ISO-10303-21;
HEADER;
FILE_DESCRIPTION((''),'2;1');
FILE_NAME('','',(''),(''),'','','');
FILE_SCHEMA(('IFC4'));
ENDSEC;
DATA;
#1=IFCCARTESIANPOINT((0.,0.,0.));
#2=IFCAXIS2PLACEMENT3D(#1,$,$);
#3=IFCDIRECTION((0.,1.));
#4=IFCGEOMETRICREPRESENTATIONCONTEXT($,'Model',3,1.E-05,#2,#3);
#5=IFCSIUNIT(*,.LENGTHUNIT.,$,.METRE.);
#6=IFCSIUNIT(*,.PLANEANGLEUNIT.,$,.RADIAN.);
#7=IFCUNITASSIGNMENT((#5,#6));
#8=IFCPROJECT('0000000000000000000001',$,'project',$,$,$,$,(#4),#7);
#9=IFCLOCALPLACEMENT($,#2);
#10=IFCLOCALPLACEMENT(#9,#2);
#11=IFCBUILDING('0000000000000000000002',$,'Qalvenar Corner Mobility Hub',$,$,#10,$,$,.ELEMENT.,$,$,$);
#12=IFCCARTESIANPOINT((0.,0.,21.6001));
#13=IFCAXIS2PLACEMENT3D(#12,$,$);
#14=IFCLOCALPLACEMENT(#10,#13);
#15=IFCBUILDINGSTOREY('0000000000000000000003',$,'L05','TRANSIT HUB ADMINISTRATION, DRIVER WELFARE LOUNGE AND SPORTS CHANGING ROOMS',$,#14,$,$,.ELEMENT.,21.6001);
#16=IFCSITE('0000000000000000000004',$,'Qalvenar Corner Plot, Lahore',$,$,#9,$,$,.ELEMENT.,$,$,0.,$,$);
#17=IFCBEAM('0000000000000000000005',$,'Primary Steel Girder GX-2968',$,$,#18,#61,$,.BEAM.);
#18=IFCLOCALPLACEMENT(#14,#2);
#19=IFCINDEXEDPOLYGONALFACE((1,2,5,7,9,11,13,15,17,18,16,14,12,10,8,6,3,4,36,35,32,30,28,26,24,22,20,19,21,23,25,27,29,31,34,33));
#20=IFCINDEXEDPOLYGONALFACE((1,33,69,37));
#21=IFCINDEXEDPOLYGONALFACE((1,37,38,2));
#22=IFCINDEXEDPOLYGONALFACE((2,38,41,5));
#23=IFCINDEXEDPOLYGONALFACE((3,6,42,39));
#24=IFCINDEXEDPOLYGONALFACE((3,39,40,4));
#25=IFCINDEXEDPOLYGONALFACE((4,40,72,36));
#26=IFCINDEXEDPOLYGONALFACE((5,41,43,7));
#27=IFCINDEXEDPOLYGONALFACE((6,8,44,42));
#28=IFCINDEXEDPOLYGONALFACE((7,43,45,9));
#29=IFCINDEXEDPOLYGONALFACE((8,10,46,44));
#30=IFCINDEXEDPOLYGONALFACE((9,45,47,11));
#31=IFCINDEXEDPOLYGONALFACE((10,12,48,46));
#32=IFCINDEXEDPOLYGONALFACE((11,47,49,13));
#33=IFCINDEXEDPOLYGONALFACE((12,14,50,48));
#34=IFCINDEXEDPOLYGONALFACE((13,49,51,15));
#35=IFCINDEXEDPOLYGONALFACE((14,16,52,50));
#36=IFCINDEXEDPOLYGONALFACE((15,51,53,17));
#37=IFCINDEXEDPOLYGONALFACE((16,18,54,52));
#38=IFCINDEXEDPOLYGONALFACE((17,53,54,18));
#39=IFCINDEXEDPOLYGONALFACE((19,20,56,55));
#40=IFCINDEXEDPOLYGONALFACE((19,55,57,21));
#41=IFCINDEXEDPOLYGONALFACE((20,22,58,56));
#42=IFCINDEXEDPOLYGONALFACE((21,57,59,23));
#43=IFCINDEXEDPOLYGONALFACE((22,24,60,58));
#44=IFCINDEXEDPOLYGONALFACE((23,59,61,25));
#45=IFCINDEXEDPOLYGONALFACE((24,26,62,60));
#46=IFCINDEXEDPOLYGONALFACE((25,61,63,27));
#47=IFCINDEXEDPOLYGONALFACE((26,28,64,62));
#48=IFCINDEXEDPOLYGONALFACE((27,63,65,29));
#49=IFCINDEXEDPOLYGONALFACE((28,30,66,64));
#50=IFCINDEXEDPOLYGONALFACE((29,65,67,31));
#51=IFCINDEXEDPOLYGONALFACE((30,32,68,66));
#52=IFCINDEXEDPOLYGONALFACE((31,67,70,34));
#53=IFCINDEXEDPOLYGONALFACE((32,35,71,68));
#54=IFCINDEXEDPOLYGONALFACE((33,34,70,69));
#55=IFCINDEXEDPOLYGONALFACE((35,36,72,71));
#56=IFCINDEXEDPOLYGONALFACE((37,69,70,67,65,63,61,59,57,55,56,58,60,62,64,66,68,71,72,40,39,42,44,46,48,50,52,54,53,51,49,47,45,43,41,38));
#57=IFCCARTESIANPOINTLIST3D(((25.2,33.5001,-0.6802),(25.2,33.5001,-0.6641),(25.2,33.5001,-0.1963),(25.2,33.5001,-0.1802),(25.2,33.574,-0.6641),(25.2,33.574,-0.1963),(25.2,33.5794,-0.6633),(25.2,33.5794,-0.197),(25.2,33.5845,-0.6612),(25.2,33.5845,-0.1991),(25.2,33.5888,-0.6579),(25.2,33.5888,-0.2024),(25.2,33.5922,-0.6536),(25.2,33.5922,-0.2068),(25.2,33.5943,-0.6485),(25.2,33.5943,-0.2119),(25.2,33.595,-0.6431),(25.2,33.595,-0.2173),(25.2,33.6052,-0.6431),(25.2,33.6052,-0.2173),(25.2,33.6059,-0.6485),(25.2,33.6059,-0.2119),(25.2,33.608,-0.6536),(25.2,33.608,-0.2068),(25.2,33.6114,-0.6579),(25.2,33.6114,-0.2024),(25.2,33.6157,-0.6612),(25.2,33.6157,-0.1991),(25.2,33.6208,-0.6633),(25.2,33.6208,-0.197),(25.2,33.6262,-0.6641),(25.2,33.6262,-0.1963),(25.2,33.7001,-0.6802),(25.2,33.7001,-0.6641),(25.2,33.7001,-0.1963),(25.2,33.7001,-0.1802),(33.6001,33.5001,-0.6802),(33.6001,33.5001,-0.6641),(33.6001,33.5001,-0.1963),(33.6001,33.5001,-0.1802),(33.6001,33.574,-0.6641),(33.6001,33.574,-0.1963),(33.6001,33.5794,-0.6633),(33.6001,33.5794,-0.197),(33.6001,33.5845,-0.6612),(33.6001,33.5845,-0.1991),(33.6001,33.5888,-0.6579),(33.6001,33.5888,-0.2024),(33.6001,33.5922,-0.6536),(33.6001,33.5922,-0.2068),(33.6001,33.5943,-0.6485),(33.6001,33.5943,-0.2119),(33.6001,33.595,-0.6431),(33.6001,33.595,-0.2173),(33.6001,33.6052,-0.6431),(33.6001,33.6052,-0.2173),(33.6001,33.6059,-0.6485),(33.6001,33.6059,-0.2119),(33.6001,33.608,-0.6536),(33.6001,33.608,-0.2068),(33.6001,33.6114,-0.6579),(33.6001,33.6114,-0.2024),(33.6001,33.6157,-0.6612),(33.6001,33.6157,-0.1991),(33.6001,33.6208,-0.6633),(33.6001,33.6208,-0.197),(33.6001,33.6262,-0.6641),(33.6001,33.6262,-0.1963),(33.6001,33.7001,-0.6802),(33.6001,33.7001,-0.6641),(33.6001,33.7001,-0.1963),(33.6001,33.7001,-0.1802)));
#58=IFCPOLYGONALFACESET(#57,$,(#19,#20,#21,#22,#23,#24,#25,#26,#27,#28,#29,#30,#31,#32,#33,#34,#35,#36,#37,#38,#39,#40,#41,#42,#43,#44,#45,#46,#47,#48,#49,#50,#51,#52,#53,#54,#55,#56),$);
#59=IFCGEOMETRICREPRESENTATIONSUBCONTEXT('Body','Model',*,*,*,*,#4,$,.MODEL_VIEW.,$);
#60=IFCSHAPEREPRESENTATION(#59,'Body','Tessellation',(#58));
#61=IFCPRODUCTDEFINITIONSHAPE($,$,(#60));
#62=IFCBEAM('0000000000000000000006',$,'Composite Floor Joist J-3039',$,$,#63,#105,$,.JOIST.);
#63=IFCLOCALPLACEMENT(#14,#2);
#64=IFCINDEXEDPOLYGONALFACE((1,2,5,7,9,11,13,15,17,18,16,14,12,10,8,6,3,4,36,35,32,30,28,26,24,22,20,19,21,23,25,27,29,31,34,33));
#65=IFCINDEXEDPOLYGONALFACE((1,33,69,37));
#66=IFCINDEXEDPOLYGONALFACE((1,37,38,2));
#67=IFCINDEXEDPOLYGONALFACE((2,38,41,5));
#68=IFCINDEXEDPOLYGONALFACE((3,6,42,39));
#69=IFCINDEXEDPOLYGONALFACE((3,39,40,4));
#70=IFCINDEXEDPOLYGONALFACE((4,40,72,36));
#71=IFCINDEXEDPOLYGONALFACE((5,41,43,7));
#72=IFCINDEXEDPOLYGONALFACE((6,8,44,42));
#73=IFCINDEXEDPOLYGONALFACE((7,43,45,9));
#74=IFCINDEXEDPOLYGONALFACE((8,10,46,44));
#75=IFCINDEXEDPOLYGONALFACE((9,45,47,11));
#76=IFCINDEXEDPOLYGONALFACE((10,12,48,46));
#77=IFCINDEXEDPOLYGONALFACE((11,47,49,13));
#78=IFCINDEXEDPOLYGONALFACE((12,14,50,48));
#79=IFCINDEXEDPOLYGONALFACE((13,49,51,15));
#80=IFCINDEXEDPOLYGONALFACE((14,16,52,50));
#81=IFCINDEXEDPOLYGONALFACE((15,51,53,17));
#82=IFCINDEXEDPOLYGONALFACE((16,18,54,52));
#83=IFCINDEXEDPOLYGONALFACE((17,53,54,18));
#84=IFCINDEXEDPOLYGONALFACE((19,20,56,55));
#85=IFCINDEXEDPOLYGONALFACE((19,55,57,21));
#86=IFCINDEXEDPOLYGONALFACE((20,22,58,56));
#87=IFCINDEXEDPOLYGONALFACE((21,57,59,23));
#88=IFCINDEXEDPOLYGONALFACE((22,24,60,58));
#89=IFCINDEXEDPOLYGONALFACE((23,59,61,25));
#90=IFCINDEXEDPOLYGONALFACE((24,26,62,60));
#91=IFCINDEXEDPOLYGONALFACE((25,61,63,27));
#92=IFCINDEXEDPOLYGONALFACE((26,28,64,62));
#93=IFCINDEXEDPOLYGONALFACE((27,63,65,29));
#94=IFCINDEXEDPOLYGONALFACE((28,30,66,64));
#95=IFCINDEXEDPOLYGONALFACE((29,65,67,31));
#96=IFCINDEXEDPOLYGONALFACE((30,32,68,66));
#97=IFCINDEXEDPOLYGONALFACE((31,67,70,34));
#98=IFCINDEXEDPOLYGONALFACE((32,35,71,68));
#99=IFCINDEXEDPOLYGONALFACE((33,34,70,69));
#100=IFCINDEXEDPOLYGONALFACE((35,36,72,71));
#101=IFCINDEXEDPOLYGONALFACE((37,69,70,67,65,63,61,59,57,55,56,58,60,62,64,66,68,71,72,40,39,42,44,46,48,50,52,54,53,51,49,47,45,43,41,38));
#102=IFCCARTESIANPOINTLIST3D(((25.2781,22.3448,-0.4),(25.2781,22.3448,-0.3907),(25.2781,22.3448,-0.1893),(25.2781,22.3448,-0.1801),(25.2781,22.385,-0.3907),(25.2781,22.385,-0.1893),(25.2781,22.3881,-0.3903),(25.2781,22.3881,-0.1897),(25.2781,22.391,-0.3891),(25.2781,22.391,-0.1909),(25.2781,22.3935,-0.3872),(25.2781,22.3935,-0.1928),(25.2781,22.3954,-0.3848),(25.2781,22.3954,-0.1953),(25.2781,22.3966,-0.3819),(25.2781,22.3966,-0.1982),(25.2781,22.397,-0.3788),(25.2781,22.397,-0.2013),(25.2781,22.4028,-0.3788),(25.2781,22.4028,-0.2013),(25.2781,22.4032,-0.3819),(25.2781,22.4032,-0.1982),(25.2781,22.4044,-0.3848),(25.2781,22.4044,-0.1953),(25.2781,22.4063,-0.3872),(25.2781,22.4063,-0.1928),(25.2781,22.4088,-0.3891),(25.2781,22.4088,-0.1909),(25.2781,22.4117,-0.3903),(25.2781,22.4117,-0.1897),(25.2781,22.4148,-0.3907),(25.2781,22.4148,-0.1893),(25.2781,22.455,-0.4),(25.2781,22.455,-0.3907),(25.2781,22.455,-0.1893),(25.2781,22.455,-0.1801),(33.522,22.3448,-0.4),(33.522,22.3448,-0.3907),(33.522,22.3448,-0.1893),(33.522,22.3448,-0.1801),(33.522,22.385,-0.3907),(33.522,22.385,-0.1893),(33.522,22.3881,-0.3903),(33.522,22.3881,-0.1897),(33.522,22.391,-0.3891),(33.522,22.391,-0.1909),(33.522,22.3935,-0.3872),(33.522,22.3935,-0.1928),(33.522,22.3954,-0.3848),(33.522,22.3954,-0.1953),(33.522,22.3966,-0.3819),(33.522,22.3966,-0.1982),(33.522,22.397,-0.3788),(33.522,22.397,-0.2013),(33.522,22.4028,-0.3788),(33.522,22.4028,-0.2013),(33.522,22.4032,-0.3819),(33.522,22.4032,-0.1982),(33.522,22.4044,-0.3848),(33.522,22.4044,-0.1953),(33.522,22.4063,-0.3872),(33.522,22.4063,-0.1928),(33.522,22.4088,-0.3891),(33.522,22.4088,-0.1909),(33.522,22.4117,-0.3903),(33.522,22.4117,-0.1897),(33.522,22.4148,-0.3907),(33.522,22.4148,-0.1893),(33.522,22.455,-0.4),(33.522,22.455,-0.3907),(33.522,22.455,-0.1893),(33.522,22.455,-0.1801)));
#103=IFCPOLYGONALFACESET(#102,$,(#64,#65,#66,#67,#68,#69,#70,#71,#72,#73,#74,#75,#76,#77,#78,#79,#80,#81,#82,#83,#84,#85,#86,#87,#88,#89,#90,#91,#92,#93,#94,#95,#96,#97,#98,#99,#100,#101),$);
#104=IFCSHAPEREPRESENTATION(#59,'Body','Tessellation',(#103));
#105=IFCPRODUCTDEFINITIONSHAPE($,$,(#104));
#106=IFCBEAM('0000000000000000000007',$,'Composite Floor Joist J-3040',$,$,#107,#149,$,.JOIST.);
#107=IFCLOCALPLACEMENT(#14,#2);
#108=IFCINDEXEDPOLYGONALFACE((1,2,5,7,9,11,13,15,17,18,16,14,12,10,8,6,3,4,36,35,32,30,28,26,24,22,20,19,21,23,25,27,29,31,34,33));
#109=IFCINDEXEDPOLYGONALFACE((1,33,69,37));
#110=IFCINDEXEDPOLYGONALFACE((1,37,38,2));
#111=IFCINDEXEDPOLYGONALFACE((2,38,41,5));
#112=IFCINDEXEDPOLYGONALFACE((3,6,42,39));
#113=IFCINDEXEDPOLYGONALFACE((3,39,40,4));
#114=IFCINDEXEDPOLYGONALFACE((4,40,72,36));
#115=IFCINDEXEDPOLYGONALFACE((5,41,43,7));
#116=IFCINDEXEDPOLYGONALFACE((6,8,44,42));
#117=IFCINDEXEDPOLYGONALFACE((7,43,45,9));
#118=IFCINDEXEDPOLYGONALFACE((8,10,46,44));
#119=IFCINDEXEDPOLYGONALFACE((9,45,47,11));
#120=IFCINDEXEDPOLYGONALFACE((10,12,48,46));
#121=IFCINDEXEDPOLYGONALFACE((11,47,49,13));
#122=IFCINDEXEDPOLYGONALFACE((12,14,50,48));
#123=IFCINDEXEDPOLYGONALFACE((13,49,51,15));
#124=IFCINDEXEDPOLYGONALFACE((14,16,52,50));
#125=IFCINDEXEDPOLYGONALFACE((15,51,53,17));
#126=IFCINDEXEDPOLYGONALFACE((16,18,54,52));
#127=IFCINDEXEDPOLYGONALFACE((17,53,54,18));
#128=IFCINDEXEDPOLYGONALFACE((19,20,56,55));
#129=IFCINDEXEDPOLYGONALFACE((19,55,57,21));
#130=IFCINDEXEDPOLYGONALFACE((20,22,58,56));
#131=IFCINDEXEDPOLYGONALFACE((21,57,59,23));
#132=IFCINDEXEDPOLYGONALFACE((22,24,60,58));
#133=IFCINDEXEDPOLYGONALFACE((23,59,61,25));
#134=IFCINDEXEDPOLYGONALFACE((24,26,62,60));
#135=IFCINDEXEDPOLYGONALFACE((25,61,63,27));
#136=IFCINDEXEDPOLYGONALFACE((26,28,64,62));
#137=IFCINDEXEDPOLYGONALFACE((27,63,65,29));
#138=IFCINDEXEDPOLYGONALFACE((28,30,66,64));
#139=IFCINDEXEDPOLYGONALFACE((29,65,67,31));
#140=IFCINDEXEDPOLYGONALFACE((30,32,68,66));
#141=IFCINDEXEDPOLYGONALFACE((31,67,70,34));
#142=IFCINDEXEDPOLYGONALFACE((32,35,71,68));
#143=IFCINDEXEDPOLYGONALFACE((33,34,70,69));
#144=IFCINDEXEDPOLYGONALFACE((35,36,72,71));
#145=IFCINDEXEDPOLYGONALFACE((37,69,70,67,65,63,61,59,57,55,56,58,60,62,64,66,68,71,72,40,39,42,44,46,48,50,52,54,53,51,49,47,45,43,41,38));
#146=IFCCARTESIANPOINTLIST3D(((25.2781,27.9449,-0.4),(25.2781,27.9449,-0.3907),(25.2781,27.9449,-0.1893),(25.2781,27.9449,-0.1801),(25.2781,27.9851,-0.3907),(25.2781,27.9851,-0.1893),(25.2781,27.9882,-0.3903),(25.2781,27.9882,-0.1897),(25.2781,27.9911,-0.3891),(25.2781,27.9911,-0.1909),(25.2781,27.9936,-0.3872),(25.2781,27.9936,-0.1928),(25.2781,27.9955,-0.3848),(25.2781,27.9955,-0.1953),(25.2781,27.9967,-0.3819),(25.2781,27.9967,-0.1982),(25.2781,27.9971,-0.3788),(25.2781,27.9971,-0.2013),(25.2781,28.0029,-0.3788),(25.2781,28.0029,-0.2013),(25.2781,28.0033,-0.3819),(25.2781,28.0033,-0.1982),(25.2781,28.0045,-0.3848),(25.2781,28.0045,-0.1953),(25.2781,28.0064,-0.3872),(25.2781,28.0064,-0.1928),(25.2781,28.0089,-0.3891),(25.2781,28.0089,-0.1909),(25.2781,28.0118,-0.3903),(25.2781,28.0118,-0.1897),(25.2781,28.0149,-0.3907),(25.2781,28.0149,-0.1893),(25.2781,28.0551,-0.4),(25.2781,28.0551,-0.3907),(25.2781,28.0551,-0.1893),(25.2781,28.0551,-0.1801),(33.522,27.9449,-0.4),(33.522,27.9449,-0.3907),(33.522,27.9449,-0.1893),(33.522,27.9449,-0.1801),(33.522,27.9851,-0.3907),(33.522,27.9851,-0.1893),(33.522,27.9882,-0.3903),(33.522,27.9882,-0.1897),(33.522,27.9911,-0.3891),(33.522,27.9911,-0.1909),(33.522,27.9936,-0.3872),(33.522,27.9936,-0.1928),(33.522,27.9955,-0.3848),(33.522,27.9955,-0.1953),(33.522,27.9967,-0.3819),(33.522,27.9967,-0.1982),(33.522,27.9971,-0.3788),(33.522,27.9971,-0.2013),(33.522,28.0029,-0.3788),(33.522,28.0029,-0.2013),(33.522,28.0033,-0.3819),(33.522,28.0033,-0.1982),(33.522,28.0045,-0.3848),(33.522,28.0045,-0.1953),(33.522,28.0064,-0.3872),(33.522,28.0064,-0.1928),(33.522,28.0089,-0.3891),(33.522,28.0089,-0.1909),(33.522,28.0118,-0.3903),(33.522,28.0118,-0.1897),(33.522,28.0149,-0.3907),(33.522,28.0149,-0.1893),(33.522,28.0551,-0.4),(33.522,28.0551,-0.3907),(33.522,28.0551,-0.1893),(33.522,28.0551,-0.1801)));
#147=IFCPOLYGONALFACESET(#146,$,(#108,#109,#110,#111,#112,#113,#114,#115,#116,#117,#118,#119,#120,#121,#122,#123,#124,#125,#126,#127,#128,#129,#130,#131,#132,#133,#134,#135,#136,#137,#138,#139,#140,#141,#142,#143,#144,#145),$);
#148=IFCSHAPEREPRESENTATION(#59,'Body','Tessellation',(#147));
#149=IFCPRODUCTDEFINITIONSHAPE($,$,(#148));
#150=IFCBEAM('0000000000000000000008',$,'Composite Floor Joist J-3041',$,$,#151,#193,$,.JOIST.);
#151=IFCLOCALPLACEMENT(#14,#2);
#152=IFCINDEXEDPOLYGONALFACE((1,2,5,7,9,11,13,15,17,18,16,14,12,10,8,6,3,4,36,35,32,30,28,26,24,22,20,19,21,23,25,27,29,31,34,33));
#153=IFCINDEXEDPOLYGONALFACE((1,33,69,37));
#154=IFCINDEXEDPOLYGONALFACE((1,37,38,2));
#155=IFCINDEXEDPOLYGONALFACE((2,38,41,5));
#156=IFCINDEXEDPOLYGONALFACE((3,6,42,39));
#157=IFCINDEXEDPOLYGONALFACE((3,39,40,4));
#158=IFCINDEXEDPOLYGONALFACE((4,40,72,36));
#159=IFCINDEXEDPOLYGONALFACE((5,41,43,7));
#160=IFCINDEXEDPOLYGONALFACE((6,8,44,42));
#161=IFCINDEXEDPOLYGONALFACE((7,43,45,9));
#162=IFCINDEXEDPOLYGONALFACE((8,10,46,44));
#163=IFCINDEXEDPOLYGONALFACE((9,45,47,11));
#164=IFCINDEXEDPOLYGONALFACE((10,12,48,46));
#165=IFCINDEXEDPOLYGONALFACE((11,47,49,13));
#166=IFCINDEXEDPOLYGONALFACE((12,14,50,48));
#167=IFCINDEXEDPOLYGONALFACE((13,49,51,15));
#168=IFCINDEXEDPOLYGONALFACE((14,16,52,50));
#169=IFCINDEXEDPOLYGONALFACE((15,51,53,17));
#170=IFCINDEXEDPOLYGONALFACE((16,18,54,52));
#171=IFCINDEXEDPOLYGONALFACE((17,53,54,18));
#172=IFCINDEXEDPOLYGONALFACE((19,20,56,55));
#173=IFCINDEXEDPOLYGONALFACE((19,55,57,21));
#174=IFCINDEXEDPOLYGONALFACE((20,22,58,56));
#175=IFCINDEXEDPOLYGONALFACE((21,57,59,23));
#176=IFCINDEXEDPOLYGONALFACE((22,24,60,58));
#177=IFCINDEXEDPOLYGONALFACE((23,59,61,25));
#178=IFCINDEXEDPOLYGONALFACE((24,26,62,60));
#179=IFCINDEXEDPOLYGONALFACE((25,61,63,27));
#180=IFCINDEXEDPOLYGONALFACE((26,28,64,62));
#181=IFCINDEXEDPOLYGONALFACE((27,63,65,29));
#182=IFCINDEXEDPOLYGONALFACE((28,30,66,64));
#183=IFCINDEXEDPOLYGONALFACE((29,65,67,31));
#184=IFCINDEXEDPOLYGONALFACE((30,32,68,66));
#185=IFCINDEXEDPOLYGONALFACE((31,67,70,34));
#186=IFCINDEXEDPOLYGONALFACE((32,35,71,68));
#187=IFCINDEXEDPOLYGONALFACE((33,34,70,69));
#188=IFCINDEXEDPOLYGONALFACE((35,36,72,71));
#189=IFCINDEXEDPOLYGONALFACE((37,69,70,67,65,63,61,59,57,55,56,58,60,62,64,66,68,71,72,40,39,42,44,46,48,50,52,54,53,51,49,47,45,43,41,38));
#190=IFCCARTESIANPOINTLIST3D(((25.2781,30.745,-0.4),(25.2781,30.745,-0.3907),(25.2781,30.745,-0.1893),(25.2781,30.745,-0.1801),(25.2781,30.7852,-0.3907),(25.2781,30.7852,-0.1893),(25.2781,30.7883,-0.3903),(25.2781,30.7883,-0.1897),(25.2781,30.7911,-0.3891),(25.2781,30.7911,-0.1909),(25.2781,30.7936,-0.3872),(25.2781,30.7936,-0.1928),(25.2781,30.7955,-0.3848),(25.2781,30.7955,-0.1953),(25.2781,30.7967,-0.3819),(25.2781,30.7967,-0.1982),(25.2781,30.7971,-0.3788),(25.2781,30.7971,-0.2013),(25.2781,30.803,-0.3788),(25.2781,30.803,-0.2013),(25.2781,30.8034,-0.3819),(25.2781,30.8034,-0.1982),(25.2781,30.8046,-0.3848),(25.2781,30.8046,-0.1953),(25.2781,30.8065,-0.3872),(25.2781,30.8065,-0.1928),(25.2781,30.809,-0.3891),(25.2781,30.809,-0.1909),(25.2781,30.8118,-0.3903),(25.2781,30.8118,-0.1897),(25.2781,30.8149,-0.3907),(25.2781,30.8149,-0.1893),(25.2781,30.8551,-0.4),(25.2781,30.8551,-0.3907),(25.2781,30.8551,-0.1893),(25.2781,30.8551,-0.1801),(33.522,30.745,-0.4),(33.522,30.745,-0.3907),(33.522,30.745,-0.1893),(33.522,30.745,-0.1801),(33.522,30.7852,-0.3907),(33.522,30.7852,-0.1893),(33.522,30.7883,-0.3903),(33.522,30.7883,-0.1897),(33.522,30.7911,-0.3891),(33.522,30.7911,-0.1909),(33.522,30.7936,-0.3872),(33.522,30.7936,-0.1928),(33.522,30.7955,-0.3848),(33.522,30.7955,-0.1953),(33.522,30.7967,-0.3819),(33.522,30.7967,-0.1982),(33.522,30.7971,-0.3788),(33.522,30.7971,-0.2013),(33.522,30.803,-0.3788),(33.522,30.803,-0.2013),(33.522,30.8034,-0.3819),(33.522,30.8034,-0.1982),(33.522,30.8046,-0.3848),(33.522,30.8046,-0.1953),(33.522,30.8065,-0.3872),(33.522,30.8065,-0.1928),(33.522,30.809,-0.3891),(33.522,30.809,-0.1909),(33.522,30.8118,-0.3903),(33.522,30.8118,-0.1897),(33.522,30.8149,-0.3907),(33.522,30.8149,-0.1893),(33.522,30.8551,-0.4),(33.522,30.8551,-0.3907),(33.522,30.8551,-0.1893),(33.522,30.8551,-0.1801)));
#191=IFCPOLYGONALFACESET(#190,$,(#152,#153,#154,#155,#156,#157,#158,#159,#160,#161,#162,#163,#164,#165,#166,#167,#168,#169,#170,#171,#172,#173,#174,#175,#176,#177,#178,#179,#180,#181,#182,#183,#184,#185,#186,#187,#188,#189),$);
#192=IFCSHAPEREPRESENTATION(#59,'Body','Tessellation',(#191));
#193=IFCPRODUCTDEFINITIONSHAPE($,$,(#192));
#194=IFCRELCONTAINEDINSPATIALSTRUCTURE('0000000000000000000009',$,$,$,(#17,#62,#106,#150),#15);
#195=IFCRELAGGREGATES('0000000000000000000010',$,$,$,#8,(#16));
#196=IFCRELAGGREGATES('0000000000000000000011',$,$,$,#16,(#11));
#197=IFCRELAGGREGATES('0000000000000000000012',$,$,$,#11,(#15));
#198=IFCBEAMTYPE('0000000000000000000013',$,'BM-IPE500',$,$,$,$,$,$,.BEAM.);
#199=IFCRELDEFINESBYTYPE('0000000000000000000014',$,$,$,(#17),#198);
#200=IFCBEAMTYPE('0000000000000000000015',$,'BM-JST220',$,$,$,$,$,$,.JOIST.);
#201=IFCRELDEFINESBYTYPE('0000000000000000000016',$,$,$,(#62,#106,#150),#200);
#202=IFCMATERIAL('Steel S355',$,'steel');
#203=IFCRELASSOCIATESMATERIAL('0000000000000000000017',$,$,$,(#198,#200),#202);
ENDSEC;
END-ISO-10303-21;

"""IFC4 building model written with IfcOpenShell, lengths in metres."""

from ifc_helpers import new_model, si_unit, direction, frame, origin, origin_2d, place, context, subcontext, project, spatial, i_section, extrude, material, material_profile, profile_set, type_object, element, save


model = new_model("IFC4")

# Units and contexts
model_context = context("Model", 3, precision=1e-05, world=origin(), true_north=direction((0.0, 1.0)))
body_context = subcontext(model_context, "Body", "Model", "MODEL_VIEW")
ifc_project = project(units=[si_unit("LENGTHUNIT", "METRE"), si_unit("PLANEANGLEUNIT", "RADIAN")], contexts=[model_context])

# Site, building, storey
site_placement = place(None, origin())
site = spatial("IfcSite", under=ifc_project, at=site_placement, Name="Qalvenar Corner Plot, Lahore", CompositionType="ELEMENT", RefElevation=0.0)
building_placement = place(site_placement, origin())
building = spatial("IfcBuilding", under=site, at=building_placement, Name="Qalvenar Corner Mobility Hub", CompositionType="ELEMENT")
storey_placement = place(building_placement, frame((0.0, 0.0, 21.6001)))
storey = spatial("IfcBuildingStorey", under=building, at=storey_placement, Name="L05", Description="TRANSIT HUB ADMINISTRATION, DRIVER WELFARE LOUNGE AND SPORTS CHANGING ROOMS", CompositionType="ELEMENT", Elevation=21.6001)

# Shared definitions
ifc_material_1 = material(Name="Steel S355", Category="steel")

# Beams
ifc_material_profile_1 = material_profile(ifc_material_1, i_section(OverallWidth=0.2, OverallDepth=0.5, WebThickness=0.0103, FlangeThickness=0.0161, FilletRadius=0.021, at=origin_2d()), Name="IPE500")
ifc_profile_set_1 = profile_set([ifc_material_profile_1], Name="Steel S355")
beam_type_1 = type_object("IfcBeamType", Name="BM-IPE500", PredefinedType="BEAM", material=ifc_profile_set_1)
beam_1_placement = place(storey_placement, frame((25.2, 33.6001, -0.4302), z_axis=(1.0, 0.0, 0.0), x_axis=(0.0, 1.0, 0.0)))
element("IfcBeam", 1, at=beam_1_placement, inside=storey, type_object=beam_type_1, Name="Primary Steel Girder GX-2968", PredefinedType="BEAM", context=body_context, shape_type="SweptSolid", body=[
    extrude(i_section(OverallWidth=0.2, OverallDepth=0.5, WebThickness=0.0103, FlangeThickness=0.0161, FilletRadius=0.021, at=origin_2d()), origin(), (0.0, 0.0, 1.0), 8.4001),
])
ifc_material_profile_2 = material_profile(ifc_material_1, i_section(OverallWidth=0.1101, OverallDepth=0.22, WebThickness=0.0059, FlangeThickness=0.0093, FilletRadius=0.012, at=origin_2d()), Name="IPE220")
ifc_profile_set_2 = profile_set([ifc_material_profile_2], Name="Steel S355")
beam_type_2 = type_object("IfcBeamType", Name="BM-JST220", PredefinedType="JOIST", material=ifc_profile_set_2)
for number, where, z_axis, x_axis, name in (
    (2, (25.2781, 22.3999, -0.29), (1.0, 0.0, 0.0), (0.0, 1.0, 0.0), "Composite Floor Joist J-3039"),
    (3, (25.2781, 28.0, -0.29), (1.0, 0.0, 0.0), (0.0, 1.0, 0.0), "Composite Floor Joist J-3040"),
    (4, (25.2781, 30.8, -0.29), (1.0, 0.0, 0.0), (0.0, 1.0, 0.0), "Composite Floor Joist J-3041"),
):
    element("IfcBeam", number, at=place(storey_placement, frame(where, z_axis=z_axis, x_axis=x_axis)), inside=storey, type_object=beam_type_2, Name=name, PredefinedType="JOIST", context=body_context, shape_type="SweptSolid", body=[
        extrude(i_section(OverallWidth=0.1101, OverallDepth=0.22, WebThickness=0.0059, FlangeThickness=0.0093, FilletRadius=0.012, at=origin_2d()), origin(), (0.0, 0.0, 1.0), 8.2439),
    ])

save(model, "model.ifc")
